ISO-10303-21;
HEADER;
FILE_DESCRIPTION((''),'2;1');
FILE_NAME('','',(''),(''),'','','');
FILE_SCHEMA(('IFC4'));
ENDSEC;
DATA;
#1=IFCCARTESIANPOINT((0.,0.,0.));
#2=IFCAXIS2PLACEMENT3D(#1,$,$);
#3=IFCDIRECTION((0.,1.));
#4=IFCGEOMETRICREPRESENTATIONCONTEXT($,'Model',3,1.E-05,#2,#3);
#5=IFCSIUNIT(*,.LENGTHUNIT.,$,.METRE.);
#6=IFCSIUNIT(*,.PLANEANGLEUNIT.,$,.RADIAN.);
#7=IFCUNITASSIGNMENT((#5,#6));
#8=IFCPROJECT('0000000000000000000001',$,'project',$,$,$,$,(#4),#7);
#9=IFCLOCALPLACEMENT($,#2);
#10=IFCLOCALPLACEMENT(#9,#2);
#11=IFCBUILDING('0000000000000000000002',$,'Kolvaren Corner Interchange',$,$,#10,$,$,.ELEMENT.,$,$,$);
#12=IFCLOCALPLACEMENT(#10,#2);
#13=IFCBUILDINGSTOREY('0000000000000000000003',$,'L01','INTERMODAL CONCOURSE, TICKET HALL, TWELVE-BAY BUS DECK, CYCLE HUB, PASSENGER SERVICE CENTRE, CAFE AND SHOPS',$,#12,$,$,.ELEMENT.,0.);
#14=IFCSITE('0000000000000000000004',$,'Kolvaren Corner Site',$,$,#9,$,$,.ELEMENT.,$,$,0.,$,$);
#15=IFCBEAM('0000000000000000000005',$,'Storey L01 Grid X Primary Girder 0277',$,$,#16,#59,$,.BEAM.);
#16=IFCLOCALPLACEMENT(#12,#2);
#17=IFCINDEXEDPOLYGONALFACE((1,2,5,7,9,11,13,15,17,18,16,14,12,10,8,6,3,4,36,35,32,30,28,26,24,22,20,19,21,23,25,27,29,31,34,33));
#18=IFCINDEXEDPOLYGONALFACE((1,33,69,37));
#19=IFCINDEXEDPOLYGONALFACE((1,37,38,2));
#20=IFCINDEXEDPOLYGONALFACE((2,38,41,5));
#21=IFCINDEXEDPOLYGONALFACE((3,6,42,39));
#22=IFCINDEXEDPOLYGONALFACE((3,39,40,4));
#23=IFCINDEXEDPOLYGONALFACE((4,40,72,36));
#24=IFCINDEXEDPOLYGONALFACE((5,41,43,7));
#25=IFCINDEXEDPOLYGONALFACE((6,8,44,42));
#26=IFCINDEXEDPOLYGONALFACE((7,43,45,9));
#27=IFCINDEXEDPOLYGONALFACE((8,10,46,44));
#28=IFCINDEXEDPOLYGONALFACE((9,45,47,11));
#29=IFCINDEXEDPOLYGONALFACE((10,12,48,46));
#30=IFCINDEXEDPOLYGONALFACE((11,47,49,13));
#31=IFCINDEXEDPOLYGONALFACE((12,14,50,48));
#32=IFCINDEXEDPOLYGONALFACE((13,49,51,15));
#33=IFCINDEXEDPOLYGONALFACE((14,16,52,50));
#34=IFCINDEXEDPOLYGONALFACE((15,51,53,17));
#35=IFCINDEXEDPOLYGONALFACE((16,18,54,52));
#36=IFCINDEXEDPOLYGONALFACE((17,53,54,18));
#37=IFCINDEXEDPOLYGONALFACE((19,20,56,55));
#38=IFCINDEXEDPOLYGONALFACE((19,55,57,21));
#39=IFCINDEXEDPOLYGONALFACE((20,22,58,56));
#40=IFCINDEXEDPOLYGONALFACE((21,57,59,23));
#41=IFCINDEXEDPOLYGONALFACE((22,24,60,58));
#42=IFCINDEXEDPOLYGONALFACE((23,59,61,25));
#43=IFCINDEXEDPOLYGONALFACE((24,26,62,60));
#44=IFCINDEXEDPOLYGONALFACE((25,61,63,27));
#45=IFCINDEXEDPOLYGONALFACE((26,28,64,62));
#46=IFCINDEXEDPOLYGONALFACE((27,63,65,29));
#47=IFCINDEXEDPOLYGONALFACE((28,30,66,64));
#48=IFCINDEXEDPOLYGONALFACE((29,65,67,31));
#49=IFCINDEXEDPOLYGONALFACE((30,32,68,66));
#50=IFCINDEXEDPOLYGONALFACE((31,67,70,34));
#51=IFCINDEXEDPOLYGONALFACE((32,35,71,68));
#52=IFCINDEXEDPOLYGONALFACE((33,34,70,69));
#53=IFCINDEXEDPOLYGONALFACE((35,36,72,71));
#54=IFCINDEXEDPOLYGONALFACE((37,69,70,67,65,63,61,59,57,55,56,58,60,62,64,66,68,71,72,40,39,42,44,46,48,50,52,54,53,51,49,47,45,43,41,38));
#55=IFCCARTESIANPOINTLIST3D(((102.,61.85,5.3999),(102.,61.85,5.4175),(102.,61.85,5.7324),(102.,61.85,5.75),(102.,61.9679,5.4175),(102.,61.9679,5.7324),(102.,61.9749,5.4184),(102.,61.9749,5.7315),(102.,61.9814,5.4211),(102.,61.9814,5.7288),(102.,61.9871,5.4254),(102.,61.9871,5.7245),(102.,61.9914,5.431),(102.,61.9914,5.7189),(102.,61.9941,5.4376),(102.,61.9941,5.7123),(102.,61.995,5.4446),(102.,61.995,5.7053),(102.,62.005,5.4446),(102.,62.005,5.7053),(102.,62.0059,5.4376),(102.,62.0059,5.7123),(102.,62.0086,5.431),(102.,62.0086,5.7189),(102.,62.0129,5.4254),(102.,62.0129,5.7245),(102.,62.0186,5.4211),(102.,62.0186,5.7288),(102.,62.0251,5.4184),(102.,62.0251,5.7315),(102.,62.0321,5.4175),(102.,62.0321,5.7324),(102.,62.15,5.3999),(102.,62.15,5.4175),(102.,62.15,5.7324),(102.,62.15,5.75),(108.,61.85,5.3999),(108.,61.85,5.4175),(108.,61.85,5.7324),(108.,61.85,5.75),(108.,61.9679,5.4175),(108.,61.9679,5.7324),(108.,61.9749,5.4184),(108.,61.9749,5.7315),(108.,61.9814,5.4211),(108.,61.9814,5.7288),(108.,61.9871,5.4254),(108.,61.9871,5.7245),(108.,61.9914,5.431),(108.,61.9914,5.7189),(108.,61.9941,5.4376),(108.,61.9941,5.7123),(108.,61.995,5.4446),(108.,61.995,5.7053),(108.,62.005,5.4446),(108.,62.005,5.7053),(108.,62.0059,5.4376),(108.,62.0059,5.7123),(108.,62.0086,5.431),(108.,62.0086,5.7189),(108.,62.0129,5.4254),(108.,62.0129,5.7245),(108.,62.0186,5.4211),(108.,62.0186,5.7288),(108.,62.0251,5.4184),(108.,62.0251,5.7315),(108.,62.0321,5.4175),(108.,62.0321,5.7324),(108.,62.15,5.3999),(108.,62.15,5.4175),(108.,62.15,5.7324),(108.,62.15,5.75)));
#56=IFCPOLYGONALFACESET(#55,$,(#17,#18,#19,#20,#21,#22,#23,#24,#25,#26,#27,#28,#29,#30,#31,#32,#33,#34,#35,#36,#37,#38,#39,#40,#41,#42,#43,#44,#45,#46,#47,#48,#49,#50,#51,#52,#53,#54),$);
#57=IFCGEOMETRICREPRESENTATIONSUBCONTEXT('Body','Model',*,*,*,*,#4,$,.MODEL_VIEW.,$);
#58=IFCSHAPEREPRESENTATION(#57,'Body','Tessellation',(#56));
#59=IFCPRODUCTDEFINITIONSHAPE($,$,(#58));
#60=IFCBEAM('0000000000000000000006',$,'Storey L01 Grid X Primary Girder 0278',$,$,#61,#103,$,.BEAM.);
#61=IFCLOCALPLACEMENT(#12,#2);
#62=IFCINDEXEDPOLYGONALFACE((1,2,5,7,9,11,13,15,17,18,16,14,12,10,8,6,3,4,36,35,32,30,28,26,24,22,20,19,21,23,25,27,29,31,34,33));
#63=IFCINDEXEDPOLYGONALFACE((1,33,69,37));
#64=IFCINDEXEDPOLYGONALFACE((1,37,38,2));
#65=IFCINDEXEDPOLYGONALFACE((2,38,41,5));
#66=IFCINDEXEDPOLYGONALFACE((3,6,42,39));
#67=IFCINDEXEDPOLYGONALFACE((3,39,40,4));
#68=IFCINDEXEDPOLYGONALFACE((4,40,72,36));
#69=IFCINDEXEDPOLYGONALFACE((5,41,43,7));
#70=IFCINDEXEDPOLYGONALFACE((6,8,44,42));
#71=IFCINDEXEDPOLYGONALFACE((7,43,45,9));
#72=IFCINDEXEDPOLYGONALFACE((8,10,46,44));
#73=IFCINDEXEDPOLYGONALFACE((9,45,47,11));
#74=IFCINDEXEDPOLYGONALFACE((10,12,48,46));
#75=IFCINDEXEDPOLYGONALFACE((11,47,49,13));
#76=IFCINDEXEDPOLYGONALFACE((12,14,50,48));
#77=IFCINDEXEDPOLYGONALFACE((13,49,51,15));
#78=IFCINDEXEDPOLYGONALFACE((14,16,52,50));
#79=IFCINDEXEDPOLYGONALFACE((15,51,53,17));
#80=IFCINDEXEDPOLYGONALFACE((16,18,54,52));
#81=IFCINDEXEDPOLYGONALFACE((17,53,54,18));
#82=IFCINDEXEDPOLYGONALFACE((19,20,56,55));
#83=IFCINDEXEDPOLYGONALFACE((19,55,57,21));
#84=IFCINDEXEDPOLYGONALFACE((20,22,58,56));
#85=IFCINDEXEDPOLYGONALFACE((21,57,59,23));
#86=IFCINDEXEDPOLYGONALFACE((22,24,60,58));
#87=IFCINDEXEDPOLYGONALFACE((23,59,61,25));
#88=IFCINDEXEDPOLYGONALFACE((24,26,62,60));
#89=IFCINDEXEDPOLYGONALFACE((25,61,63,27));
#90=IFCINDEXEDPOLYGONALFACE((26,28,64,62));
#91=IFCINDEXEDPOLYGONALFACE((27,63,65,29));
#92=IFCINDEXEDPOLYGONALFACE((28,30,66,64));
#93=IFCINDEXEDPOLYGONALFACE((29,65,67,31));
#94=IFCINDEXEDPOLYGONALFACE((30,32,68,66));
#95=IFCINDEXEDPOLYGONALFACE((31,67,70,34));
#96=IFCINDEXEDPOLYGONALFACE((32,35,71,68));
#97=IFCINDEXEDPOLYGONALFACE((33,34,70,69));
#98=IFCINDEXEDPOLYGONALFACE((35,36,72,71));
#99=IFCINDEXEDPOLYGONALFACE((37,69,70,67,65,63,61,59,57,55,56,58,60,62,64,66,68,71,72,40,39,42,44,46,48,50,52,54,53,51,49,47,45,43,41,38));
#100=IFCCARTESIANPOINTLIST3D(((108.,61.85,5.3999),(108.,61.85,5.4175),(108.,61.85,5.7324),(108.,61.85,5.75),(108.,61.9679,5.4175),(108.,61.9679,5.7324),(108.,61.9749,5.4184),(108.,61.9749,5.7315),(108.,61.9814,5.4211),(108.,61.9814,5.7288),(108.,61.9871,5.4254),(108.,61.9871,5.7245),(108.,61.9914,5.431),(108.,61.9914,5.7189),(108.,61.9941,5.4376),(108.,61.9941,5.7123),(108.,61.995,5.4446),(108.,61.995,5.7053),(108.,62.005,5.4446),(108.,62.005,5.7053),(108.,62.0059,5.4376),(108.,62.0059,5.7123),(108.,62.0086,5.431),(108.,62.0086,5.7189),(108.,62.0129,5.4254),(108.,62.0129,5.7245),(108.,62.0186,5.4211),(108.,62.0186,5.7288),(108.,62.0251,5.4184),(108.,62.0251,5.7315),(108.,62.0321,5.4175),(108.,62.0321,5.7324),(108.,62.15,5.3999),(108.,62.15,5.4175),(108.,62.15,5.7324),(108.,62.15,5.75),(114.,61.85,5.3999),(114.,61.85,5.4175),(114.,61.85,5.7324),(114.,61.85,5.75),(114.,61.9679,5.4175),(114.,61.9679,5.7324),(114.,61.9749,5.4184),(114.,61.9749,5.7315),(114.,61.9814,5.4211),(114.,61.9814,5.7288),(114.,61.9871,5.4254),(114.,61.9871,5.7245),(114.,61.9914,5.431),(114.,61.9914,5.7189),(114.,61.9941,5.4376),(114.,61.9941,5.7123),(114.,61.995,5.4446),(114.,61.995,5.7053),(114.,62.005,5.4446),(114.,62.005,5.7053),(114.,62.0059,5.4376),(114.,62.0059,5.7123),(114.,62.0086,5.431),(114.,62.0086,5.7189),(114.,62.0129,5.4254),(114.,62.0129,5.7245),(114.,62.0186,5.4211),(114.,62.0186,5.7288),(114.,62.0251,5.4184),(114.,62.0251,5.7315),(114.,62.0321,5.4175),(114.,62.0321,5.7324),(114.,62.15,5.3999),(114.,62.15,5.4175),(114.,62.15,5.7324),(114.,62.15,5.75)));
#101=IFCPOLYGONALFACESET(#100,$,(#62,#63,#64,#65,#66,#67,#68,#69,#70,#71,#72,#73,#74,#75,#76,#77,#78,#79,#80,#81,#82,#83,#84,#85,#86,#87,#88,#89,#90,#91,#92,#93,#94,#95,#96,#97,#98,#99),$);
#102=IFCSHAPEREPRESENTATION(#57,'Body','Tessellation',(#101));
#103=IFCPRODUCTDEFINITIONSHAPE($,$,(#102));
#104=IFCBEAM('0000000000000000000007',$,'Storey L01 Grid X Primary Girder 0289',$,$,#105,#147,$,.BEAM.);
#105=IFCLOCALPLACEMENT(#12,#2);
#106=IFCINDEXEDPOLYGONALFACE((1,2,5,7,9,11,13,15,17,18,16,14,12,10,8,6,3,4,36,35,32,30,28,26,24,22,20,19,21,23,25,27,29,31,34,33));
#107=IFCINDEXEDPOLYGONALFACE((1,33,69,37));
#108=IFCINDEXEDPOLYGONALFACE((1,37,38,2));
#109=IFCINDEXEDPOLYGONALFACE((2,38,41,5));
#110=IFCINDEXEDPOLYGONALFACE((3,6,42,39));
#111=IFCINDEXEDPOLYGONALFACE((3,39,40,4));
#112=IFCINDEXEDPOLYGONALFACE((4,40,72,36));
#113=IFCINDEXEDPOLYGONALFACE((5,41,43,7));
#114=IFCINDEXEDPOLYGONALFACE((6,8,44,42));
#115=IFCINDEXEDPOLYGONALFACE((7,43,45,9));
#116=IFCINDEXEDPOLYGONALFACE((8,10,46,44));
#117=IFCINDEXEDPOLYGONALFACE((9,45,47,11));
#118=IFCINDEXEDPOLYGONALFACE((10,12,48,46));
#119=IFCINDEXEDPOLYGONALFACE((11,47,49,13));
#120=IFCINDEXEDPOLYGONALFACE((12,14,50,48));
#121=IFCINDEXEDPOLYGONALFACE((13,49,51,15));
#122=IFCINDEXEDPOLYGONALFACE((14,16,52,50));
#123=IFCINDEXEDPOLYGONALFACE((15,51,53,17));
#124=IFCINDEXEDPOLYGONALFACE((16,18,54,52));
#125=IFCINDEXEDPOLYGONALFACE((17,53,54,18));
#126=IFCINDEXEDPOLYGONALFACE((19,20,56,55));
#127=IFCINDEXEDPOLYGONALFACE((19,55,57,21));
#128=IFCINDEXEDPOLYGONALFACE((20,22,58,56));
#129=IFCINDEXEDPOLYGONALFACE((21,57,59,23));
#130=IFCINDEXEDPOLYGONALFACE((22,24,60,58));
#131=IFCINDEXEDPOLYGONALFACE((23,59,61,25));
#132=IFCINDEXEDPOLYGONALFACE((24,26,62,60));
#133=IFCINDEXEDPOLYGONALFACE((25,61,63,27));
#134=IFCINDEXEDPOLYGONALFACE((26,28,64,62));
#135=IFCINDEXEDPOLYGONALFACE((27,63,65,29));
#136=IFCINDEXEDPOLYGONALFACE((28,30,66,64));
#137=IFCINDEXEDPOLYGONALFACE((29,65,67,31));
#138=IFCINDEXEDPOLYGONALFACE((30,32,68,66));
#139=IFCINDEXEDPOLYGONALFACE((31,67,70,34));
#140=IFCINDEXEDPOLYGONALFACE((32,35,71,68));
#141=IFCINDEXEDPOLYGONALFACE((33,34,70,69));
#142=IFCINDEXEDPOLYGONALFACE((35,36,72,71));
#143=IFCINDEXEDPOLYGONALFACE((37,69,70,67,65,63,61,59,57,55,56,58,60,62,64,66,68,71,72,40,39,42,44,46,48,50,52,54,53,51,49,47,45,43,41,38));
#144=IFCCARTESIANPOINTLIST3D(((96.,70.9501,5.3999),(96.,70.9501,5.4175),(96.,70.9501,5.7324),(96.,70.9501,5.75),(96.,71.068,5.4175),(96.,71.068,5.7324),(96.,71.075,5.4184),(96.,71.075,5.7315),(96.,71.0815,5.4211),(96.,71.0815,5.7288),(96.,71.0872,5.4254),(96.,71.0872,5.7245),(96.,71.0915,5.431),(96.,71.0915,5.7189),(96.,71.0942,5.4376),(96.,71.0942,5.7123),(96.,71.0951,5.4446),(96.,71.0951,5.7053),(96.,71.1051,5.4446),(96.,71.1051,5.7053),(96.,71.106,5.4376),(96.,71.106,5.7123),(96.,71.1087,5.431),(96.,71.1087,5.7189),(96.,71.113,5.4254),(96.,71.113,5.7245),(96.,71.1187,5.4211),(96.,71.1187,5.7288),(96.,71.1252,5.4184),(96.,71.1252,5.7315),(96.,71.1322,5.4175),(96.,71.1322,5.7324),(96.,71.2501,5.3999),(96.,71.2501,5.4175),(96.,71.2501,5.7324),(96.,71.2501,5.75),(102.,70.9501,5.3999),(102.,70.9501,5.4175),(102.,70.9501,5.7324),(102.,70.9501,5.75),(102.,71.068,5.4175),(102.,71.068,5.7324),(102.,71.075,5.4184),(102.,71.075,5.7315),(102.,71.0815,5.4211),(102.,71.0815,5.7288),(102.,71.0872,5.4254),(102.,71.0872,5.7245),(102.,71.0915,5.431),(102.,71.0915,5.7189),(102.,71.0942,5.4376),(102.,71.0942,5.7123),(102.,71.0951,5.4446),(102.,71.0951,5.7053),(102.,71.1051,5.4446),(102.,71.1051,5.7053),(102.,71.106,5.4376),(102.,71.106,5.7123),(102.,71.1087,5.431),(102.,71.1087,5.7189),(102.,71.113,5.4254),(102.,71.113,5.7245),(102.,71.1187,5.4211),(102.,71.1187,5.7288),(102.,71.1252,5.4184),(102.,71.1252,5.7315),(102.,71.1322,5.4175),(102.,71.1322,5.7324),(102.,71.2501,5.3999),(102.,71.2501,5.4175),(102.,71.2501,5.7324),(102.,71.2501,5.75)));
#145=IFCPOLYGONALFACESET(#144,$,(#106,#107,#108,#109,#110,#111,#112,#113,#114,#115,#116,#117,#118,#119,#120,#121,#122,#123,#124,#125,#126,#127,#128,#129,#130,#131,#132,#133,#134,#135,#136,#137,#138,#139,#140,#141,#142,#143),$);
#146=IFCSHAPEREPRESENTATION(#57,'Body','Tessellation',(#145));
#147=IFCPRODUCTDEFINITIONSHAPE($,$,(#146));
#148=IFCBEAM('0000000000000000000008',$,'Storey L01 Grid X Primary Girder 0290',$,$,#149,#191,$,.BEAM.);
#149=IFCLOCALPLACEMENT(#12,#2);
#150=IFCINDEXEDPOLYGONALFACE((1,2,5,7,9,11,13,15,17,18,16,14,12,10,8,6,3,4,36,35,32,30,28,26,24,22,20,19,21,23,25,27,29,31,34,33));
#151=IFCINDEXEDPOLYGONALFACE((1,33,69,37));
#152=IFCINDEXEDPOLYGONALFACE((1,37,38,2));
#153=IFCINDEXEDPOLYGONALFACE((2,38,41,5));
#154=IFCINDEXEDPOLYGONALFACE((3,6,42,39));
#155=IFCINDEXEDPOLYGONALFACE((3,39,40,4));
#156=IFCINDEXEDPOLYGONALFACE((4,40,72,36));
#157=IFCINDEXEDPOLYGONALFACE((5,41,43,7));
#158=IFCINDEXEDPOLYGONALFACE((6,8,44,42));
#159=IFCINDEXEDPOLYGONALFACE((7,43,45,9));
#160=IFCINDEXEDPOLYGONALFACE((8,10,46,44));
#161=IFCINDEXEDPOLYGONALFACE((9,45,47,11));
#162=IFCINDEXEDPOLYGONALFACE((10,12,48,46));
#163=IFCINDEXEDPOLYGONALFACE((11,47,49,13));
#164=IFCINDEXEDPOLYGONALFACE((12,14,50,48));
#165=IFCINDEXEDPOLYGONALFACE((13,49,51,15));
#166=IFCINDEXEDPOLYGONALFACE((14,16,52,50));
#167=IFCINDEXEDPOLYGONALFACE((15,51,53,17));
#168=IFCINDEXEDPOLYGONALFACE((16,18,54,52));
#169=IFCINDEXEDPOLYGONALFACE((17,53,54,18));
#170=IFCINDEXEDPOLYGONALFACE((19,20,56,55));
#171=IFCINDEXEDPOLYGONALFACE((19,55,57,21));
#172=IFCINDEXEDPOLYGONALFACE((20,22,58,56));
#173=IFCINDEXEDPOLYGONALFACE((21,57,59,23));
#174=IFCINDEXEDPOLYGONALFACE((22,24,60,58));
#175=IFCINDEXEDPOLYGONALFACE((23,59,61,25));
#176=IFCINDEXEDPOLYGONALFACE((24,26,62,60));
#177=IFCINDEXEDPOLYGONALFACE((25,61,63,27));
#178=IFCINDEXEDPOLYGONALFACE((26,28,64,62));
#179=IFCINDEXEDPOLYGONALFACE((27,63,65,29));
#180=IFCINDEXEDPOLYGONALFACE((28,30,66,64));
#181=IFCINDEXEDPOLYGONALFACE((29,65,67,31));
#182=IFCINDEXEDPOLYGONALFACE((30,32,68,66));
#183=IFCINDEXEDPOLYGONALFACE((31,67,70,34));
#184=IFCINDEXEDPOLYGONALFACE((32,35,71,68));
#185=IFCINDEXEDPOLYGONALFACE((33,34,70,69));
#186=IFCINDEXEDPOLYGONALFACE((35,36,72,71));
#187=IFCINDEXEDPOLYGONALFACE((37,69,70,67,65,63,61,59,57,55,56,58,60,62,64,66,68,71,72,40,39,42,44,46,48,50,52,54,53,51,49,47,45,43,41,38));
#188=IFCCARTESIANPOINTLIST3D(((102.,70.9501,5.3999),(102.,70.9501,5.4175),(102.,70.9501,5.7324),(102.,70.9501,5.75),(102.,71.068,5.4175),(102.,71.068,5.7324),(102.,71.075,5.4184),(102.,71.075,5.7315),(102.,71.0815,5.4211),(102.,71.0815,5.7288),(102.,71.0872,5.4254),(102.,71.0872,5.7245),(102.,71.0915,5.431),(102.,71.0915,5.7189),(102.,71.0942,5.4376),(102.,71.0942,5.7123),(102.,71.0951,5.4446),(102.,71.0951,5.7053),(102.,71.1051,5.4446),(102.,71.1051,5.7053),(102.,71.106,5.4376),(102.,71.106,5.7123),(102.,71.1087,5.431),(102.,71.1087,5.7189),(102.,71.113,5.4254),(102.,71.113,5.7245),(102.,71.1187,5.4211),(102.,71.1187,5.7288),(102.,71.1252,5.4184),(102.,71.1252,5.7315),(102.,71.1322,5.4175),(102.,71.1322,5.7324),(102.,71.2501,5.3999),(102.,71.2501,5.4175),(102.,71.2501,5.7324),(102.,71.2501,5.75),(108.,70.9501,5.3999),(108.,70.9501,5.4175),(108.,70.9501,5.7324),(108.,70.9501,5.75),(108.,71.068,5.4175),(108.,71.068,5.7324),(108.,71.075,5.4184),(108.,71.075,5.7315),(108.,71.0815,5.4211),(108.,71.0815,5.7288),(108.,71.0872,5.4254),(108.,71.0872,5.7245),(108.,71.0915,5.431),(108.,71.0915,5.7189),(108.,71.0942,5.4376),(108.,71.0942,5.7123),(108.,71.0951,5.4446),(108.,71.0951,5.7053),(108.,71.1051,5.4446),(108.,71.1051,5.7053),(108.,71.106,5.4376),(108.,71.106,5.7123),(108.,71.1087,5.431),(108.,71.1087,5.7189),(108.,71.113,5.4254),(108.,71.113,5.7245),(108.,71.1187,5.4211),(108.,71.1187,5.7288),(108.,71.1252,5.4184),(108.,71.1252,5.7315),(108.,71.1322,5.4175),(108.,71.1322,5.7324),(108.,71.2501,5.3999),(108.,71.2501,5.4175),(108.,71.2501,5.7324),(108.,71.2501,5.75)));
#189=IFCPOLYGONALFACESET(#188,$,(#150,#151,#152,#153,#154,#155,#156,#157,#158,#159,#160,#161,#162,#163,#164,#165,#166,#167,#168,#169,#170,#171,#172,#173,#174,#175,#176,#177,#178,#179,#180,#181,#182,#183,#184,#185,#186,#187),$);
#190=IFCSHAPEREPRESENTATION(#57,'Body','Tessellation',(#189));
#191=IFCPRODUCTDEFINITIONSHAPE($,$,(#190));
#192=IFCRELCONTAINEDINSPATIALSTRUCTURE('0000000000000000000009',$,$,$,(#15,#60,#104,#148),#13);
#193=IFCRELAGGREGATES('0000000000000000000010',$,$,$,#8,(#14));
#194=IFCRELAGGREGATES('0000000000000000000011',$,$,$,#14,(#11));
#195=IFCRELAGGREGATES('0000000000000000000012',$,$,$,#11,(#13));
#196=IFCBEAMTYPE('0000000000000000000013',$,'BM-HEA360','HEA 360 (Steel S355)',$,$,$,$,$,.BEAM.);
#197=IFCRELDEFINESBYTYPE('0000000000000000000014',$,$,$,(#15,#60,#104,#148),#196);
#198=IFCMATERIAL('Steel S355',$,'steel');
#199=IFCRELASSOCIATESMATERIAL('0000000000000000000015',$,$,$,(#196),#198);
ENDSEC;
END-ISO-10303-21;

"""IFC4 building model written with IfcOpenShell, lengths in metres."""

from ifc_helpers import new_model, si_unit, direction, frame, origin, origin_2d, place, context, subcontext, project, spatial, i_section, extrude, material, material_profile, profile_set, type_object, element, save


model = new_model("IFC4")

# Units and contexts
model_context = context("Model", 3, precision=1e-05, world=origin(), true_north=direction((0.0, 1.0)))
body_context = subcontext(model_context, "Body", "Model", "MODEL_VIEW")
ifc_project = project(units=[si_unit("LENGTHUNIT", "METRE"), si_unit("PLANEANGLEUNIT", "RADIAN")], contexts=[model_context])

# Site, building, storey
site_placement = place(None, origin())
site = spatial("IfcSite", under=ifc_project, at=site_placement, Name="Kolvaren Corner Site", CompositionType="ELEMENT", RefElevation=0.0)
building_placement = place(site_placement, origin())
building = spatial("IfcBuilding", under=site, at=building_placement, Name="Kolvaren Corner Interchange", CompositionType="ELEMENT")
storey_placement = place(building_placement, origin())
storey = spatial("IfcBuildingStorey", under=building, at=storey_placement, Name="L01", Description="INTERMODAL CONCOURSE, TICKET HALL, TWELVE-BAY BUS DECK, CYCLE HUB, PASSENGER SERVICE CENTRE, CAFE AND SHOPS", CompositionType="ELEMENT", Elevation=0.0)

# Beams
ifc_material_1 = material(Name="Steel S355", Category="steel")
ifc_material_profile_1 = material_profile(ifc_material_1, i_section(OverallWidth=0.3, OverallDepth=0.3501, WebThickness=0.01, FlangeThickness=0.0176, FilletRadius=0.0271, at=origin_2d()), Name="HEA 360")
ifc_profile_set_1 = profile_set([ifc_material_profile_1], Name="Steel S355")
beam_type_1 = type_object("IfcBeamType", Name="BM-HEA360", Description="HEA 360 (Steel S355)", PredefinedType="BEAM", material=ifc_profile_set_1)
for number, where, z_axis, x_axis, name in (
    (1, (102.0, 62.0, 5.575), (1.0, 0.0, 0.0), (0.0, 1.0, 0.0), "Storey L01 Grid X Primary Girder 0277"),
    (2, (108.0, 62.0, 5.575), (1.0, 0.0, 0.0), (0.0, 1.0, 0.0), "Storey L01 Grid X Primary Girder 0278"),
    (3, (96.0, 71.1001, 5.575), (1.0, 0.0, 0.0), (0.0, 1.0, 0.0), "Storey L01 Grid X Primary Girder 0289"),
    (4, (102.0, 71.1001, 5.575), (1.0, 0.0, 0.0), (0.0, 1.0, 0.0), "Storey L01 Grid X Primary Girder 0290"),
):
    element("IfcBeam", number, at=place(storey_placement, frame(where, z_axis=z_axis, x_axis=x_axis)), inside=storey, type_object=beam_type_1, Name=name, PredefinedType="BEAM", context=body_context, shape_type="SweptSolid", body=[
        extrude(i_section(OverallWidth=0.3, OverallDepth=0.3501, WebThickness=0.01, FlangeThickness=0.0176, FilletRadius=0.0271, at=origin_2d()), origin(), (0.0, 0.0, 1.0), 6.0),
    ])

save(model, "model.ifc")
